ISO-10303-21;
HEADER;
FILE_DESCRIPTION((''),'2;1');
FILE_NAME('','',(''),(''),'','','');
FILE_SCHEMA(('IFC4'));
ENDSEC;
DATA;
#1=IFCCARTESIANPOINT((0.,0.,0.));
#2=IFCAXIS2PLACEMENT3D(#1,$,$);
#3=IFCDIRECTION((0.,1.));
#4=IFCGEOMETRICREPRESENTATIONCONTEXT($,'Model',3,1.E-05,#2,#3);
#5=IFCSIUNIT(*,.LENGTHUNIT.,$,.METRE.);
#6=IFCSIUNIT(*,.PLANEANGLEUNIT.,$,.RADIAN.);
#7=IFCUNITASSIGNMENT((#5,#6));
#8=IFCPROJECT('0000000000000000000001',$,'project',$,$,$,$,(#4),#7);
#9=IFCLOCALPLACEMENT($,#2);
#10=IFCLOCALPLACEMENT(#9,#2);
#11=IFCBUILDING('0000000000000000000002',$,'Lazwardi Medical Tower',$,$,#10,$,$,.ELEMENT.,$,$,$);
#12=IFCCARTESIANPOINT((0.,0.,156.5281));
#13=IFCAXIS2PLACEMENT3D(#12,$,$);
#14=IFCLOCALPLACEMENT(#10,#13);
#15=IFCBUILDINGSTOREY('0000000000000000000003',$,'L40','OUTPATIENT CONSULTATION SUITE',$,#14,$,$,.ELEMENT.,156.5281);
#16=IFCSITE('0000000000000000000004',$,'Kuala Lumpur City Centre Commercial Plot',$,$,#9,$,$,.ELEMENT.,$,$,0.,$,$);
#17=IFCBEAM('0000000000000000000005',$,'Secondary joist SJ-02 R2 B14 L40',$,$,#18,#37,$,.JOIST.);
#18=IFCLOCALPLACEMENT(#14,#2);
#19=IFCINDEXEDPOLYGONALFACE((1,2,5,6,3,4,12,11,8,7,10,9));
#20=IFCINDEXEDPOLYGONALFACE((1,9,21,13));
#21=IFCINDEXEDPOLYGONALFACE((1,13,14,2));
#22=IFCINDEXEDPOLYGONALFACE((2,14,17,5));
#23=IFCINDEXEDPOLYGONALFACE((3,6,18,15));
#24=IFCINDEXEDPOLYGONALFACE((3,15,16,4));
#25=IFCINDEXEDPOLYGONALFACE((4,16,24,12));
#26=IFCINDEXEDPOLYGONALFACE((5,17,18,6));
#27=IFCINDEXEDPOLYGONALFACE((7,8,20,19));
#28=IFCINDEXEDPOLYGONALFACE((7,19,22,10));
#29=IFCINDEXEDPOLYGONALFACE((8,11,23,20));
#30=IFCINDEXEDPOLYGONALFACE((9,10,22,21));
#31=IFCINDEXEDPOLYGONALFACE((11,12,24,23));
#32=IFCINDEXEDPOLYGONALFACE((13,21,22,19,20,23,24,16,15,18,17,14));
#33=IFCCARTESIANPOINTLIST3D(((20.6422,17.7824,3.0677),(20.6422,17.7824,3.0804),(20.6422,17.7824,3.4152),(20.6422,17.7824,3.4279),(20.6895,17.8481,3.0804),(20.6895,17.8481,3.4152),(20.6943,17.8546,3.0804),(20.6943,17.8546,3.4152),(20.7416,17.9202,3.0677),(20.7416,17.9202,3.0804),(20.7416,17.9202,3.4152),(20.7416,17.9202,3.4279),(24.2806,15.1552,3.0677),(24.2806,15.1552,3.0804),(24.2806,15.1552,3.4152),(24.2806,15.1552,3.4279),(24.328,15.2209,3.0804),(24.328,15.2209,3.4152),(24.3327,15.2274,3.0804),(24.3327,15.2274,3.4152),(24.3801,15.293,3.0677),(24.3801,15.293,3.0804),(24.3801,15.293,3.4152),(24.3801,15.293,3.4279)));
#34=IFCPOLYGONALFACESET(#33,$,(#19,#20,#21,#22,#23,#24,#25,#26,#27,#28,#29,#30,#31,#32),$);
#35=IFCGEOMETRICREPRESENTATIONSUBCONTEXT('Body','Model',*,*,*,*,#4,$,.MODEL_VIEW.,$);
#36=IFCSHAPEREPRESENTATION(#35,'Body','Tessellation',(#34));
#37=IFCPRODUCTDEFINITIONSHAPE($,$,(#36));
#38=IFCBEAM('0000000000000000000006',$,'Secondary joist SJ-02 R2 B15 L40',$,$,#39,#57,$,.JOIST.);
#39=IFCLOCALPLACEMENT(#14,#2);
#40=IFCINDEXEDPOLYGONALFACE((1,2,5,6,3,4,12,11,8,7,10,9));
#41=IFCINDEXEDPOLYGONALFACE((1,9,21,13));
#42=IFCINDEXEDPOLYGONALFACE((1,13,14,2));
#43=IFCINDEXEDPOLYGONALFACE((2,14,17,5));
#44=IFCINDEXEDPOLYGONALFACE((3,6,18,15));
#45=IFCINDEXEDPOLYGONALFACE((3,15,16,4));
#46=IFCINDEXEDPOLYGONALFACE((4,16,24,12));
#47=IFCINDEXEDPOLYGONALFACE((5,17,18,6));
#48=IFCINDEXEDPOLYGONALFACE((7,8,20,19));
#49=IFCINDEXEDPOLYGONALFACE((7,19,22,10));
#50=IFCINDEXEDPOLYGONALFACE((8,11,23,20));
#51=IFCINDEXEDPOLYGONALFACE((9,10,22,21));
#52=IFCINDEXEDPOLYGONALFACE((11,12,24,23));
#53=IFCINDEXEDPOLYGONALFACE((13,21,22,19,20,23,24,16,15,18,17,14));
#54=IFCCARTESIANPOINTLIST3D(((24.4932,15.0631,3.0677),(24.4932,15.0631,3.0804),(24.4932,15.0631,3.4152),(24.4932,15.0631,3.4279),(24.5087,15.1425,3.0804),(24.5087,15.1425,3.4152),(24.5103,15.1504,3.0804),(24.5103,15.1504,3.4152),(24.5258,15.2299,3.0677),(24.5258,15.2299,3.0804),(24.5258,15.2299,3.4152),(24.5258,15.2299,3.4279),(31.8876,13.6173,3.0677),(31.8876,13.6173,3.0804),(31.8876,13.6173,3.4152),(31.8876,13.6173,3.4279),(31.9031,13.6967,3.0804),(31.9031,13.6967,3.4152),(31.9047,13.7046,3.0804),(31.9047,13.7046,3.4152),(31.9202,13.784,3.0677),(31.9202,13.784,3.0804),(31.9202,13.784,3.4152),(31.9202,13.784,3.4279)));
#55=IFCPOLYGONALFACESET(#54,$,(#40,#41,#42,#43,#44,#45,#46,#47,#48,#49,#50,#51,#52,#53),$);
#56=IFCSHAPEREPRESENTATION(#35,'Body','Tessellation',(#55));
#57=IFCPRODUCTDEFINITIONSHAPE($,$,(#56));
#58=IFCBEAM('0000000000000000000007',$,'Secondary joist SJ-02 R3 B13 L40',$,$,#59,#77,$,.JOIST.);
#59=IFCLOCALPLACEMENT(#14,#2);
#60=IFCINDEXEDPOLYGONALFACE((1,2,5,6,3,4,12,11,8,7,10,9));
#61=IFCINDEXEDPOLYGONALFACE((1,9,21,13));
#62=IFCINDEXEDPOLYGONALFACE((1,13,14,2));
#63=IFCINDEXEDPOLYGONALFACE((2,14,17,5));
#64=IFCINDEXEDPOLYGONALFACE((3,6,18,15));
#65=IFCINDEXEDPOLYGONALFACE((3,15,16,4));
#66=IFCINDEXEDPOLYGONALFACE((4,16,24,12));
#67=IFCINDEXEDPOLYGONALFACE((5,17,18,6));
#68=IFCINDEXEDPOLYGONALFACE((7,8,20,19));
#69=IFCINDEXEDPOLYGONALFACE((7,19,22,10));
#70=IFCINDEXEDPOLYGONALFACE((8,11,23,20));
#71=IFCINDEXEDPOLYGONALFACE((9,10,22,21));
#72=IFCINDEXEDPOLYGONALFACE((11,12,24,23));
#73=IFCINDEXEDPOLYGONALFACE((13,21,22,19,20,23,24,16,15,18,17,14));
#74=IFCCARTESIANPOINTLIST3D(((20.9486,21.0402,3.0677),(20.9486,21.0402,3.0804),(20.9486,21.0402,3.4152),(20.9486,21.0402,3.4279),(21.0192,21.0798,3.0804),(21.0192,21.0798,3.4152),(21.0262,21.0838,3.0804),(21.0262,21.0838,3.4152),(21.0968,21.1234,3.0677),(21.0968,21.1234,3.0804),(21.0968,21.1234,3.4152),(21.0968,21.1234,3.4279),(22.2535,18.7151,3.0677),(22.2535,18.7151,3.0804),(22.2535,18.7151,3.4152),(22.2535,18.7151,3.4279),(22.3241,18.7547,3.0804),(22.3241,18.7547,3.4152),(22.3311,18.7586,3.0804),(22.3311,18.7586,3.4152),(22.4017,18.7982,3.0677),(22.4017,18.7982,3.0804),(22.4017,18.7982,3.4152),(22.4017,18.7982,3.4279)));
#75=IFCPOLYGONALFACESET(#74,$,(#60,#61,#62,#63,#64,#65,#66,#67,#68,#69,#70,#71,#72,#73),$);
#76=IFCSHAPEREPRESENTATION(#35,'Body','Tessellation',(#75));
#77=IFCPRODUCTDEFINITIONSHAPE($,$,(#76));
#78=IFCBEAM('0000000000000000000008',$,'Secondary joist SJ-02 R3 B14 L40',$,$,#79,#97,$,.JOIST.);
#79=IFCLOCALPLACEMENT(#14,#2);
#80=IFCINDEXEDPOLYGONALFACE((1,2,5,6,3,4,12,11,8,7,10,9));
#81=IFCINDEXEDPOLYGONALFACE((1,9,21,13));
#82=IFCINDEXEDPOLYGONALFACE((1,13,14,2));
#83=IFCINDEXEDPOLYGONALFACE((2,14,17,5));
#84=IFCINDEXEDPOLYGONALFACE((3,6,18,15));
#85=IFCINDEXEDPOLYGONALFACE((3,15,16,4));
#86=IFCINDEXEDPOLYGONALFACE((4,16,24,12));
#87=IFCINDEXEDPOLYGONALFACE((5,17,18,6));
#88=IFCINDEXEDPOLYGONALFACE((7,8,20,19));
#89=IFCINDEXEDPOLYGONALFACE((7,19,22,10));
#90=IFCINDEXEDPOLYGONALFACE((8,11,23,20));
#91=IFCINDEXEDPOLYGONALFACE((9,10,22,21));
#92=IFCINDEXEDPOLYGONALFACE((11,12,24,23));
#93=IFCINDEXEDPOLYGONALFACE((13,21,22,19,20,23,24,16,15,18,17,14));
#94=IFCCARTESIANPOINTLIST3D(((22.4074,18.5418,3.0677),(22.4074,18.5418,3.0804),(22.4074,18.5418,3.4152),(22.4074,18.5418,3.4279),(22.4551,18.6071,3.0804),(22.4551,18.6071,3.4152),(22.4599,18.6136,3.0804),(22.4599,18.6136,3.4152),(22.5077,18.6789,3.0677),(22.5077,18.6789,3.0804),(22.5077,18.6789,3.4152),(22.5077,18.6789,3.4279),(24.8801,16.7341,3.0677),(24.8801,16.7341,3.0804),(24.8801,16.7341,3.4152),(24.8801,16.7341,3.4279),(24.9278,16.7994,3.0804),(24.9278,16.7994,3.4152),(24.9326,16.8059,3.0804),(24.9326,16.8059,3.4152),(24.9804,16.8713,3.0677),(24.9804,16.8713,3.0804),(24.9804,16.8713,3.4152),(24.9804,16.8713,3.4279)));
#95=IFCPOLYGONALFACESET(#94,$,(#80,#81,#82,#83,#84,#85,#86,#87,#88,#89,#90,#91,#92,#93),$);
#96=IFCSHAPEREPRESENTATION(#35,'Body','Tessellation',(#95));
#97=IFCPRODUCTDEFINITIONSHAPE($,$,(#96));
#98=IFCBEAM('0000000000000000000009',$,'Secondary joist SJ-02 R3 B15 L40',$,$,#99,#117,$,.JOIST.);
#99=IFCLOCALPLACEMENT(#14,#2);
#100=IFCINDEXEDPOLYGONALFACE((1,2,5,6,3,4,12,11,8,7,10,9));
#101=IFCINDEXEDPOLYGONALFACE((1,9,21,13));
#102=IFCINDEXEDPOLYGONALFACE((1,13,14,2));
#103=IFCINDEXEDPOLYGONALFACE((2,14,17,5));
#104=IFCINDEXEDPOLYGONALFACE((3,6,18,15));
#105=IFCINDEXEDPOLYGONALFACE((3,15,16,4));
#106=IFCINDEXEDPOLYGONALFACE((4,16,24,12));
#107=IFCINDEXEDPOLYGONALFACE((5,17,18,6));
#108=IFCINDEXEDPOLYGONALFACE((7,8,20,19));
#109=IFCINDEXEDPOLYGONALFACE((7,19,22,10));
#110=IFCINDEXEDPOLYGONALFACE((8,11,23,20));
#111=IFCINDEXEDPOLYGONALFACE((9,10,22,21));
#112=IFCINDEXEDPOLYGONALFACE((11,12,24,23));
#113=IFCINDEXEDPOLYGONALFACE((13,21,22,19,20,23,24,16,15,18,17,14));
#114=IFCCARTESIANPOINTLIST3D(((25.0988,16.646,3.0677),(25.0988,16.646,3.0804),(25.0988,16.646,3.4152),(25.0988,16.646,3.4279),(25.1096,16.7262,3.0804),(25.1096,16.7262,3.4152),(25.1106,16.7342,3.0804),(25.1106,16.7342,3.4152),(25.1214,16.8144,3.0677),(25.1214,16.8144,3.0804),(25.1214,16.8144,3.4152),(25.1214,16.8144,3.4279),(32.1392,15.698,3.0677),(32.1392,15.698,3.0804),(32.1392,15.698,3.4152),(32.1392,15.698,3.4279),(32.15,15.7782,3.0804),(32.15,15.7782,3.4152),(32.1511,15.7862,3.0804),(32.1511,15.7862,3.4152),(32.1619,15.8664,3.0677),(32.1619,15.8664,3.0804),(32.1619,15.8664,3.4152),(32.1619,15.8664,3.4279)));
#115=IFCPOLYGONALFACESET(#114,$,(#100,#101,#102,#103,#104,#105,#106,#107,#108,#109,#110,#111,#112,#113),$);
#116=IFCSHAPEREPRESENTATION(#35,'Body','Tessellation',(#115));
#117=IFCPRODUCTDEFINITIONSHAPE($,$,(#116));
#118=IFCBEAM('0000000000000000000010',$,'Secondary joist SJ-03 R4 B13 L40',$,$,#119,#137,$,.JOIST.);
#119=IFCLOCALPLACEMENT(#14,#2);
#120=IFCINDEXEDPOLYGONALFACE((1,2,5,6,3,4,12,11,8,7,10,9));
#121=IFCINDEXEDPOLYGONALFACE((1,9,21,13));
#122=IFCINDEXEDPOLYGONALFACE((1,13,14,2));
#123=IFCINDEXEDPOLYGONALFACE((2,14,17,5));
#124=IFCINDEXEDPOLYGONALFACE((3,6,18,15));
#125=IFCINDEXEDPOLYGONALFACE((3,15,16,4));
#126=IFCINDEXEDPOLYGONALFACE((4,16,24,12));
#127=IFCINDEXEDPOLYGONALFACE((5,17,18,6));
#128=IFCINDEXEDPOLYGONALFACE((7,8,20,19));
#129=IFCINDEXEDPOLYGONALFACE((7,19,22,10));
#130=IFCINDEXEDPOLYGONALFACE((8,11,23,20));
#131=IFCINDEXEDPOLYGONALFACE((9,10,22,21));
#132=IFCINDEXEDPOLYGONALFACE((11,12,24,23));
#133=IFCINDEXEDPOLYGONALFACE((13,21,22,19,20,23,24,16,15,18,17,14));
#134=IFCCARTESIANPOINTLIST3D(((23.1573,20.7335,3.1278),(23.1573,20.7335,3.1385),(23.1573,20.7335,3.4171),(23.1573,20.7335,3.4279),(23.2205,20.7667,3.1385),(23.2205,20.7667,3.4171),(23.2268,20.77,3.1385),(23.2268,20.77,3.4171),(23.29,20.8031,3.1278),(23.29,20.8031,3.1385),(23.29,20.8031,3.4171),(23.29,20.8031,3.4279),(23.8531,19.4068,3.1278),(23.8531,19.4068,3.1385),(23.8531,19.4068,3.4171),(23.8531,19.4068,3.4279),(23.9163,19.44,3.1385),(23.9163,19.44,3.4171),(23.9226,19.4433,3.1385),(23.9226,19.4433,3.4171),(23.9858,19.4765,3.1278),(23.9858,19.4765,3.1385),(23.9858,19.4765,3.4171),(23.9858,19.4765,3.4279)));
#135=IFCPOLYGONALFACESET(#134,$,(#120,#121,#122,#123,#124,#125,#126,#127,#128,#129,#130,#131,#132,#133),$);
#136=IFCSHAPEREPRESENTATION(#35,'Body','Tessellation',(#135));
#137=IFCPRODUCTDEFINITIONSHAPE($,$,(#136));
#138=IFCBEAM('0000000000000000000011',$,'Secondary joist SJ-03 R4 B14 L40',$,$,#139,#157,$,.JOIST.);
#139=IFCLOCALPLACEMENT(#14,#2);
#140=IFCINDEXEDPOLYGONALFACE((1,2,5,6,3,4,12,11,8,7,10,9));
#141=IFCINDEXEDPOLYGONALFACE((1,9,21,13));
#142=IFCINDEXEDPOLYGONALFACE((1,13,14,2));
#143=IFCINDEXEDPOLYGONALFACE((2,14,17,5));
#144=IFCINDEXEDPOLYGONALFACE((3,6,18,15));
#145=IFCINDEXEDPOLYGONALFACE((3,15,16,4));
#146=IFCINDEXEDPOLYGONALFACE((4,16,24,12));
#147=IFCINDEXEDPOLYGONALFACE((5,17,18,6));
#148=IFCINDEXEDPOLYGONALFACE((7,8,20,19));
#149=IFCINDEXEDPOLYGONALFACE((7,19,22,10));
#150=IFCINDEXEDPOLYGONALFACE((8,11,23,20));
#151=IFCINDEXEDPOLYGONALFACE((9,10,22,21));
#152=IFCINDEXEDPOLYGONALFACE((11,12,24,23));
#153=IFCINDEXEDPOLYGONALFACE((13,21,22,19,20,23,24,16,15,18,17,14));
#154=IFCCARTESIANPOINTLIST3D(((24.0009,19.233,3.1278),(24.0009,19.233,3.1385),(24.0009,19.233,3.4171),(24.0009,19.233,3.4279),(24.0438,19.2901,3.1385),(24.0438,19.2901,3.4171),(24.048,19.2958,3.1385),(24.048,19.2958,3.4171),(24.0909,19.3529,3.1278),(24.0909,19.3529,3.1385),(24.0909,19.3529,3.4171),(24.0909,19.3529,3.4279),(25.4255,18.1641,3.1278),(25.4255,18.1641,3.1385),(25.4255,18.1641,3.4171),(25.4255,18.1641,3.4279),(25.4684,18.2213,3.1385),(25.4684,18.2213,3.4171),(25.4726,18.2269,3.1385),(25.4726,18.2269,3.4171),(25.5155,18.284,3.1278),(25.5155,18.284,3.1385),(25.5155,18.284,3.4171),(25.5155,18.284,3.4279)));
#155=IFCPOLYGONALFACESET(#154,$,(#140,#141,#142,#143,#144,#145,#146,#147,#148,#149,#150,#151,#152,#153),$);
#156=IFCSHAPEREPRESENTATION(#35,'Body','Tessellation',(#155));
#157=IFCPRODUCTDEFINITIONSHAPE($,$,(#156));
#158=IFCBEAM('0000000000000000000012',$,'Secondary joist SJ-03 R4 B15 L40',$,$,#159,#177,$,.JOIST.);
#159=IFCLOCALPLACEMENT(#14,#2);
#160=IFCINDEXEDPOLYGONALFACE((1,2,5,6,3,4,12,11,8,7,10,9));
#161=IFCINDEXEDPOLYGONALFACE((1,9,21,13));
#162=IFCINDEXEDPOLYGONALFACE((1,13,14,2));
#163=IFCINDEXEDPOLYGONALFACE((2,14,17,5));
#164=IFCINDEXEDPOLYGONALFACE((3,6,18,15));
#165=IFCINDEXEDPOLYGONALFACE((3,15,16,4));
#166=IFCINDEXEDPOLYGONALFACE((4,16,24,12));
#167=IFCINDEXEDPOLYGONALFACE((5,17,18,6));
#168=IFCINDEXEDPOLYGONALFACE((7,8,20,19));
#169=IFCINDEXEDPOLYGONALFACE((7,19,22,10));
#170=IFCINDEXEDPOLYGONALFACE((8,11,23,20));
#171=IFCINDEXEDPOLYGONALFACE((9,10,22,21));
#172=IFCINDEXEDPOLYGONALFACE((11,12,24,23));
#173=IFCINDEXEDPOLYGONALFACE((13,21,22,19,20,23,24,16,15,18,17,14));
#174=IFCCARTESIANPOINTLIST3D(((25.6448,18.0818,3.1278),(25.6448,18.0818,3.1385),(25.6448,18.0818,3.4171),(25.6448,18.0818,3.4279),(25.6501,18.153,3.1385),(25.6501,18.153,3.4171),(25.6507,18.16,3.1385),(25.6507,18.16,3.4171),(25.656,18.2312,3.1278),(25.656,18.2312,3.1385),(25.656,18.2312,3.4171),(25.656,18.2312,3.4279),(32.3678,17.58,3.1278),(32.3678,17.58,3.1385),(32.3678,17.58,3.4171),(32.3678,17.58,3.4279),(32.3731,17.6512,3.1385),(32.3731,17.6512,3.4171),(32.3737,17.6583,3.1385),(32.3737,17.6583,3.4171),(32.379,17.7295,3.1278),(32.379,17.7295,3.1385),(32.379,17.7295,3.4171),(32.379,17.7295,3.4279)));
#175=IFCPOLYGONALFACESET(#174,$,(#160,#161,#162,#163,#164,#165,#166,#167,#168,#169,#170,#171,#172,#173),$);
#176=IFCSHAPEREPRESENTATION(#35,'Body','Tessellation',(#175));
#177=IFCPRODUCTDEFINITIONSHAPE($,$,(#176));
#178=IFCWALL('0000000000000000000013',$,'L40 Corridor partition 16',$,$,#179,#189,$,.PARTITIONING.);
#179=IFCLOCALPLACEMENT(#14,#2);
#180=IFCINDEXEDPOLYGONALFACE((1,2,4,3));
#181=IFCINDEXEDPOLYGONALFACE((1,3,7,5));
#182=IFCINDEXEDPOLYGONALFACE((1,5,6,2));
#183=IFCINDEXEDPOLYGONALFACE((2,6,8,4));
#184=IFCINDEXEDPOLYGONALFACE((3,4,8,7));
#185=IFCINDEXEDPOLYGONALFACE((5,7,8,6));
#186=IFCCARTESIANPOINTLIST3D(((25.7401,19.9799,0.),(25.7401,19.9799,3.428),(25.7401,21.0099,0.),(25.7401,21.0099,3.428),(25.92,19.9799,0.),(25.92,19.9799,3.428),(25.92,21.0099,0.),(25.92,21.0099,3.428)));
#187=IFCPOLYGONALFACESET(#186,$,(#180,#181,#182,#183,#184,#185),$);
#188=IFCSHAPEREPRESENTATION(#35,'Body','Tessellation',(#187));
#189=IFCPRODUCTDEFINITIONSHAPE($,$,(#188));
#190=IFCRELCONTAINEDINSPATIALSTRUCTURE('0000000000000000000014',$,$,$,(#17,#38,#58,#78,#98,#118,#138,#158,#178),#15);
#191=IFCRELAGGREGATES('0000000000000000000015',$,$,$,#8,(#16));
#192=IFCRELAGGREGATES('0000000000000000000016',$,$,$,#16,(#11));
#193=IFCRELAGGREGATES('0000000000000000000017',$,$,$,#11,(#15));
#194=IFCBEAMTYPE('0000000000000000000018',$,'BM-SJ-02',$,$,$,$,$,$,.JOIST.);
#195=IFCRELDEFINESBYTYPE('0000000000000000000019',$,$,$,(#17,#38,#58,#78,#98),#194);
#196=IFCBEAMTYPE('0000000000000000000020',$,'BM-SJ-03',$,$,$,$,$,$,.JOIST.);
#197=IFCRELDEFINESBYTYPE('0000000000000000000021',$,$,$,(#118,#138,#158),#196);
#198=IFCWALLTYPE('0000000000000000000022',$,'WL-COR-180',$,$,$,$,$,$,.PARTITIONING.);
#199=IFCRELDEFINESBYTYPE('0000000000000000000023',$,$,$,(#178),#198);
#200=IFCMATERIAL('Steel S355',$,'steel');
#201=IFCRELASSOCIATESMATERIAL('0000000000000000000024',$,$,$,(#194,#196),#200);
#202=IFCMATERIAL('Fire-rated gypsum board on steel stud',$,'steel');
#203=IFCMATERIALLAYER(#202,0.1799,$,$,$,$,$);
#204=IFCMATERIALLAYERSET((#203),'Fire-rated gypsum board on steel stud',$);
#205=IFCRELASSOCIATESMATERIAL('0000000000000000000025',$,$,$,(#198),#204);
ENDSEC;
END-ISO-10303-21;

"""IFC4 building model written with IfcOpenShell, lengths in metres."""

from ifc_helpers import new_model, si_unit, direction, frame, frame_2d, origin, origin_2d, place, context, subcontext, project, spatial, rectangle, i_section, extrude, material, layer, layer_set, material_profile, profile_set, type_object, element, save


model = new_model("IFC4")

# Units and contexts
model_context = context("Model", 3, precision=1e-05, world=origin(), true_north=direction((0.0, 1.0)))
body_context = subcontext(model_context, "Body", "Model", "MODEL_VIEW")
ifc_project = project(units=[si_unit("LENGTHUNIT", "METRE"), si_unit("PLANEANGLEUNIT", "RADIAN")], contexts=[model_context])

# Site, building, storey
site_placement = place(None, origin())
site = spatial("IfcSite", under=ifc_project, at=site_placement, Name="Kuala Lumpur City Centre Commercial Plot", CompositionType="ELEMENT", RefElevation=0.0)
building_placement = place(site_placement, origin())
building = spatial("IfcBuilding", under=site, at=building_placement, Name="Lazwardi Medical Tower", CompositionType="ELEMENT")
storey_placement = place(building_placement, frame((0.0, 0.0, 156.5281)))
storey = spatial("IfcBuildingStorey", under=building, at=storey_placement, Name="L40", Description="OUTPATIENT CONSULTATION SUITE", CompositionType="ELEMENT", Elevation=156.5281)

# Beams
ifc_material_1 = material(Name="Steel S355", Category="steel")
ifc_material_profile_1 = material_profile(ifc_material_1, i_section(OverallWidth=0.1699, OverallDepth=0.3601, WebThickness=0.0081, FlangeThickness=0.0127, at=origin_2d()), Name="IPE 360")
ifc_profile_set_1 = profile_set([ifc_material_profile_1], Name="Steel S355")
beam_type_1 = type_object("IfcBeamType", Name="BM-SJ-02", PredefinedType="JOIST", material=ifc_profile_set_1)
beam_1_placement = place(storey_placement, frame((20.6919, 17.8513, 3.2478), z_axis=(0.810738, -0.585409, 0.0), x_axis=(0.585409, 0.810738, 0.0)))
element("IfcBeam", 1, at=beam_1_placement, inside=storey, type_object=beam_type_1, Name="Secondary joist SJ-02 R2 B14 L40", PredefinedType="JOIST", context=body_context, shape_type="SweptSolid", body=[
    extrude(i_section(OverallWidth=0.1699, OverallDepth=0.3601, WebThickness=0.0081, FlangeThickness=0.0127, at=origin_2d()), origin(), (0.0, 0.0, 1.0), 4.4878),
])
beam_2_placement = place(storey_placement, frame((24.5095, 15.1465, 3.2478), z_axis=(0.981415, -0.191896, 0.0), x_axis=(0.191896, 0.981415, 0.0)))
element("IfcBeam", 2, at=beam_2_placement, inside=storey, type_object=beam_type_1, Name="Secondary joist SJ-02 R2 B15 L40", PredefinedType="JOIST", context=body_context, shape_type="SweptSolid", body=[
    extrude(i_section(OverallWidth=0.1699, OverallDepth=0.3601, WebThickness=0.0081, FlangeThickness=0.0127, at=origin_2d()), origin(), (0.0, 0.0, 1.0), 7.5344),
])
beam_3_placement = place(storey_placement, frame((21.0227, 21.0818, 3.2478), z_axis=(0.489409, -0.872054, 0.0), x_axis=(0.872054, 0.489409, 0.0)))
element("IfcBeam", 3, at=beam_3_placement, inside=storey, type_object=beam_type_1, Name="Secondary joist SJ-02 R3 B13 L40", PredefinedType="JOIST", context=body_context, shape_type="SweptSolid", body=[
    extrude(i_section(OverallWidth=0.1699, OverallDepth=0.3601, WebThickness=0.0081, FlangeThickness=0.0127, at=origin_2d()), origin(), (0.0, 0.0, 1.0), 2.6663),
])
beam_4_placement = place(storey_placement, frame((22.4575, 18.6104, 3.2478), z_axis=(0.807286, -0.59016, 0.0), x_axis=(0.59016, 0.807286, 0.0)))
element("IfcBeam", 4, at=beam_4_placement, inside=storey, type_object=beam_type_1, Name="Secondary joist SJ-02 R3 B14 L40", PredefinedType="JOIST", context=body_context, shape_type="SweptSolid", body=[
    extrude(i_section(OverallWidth=0.1699, OverallDepth=0.3601, WebThickness=0.0081, FlangeThickness=0.0127, at=origin_2d()), origin(), (0.0, 0.0, 1.0), 3.063),
])
beam_5_placement = place(storey_placement, frame((25.1101, 16.7302, 3.2478), z_axis=(0.991056, -0.133444, 0.0), x_axis=(0.133444, 0.991056, 0.0)))
element("IfcBeam", 5, at=beam_5_placement, inside=storey, type_object=beam_type_1, Name="Secondary joist SJ-02 R3 B15 L40", PredefinedType="JOIST", context=body_context, shape_type="SweptSolid", body=[
    extrude(i_section(OverallWidth=0.1699, OverallDepth=0.3601, WebThickness=0.0081, FlangeThickness=0.0127, at=origin_2d()), origin(), (0.0, 0.0, 1.0), 7.104),
])
ifc_material_profile_2 = material_profile(ifc_material_1, i_section(OverallWidth=0.1499, OverallDepth=0.3, WebThickness=0.0071, FlangeThickness=0.0107, at=origin_2d()), Name="IPE 300")
ifc_profile_set_2 = profile_set([ifc_material_profile_2], Name="Steel S355")
beam_type_2 = type_object("IfcBeamType", Name="BM-SJ-03", PredefinedType="JOIST", material=ifc_profile_set_2)
beam_6_placement = place(storey_placement, frame((23.2236, 20.7683, 3.2778), z_axis=(0.46447, -0.885589, 0.0), x_axis=(0.885589, 0.46447, 0.0)))
element("IfcBeam", 6, at=beam_6_placement, inside=storey, type_object=beam_type_2, Name="Secondary joist SJ-03 R4 B13 L40", PredefinedType="JOIST", context=body_context, shape_type="SweptSolid", body=[
    extrude(i_section(OverallWidth=0.1499, OverallDepth=0.3, WebThickness=0.0071, FlangeThickness=0.0107, at=origin_2d()), origin(), (0.0, 0.0, 1.0), 1.498),
])
beam_7_placement = place(storey_placement, frame((24.0459, 19.293, 3.2778), z_axis=(0.799885, -0.600154, 0.0), x_axis=(0.600154, 0.799885, 0.0)))
element("IfcBeam", 7, at=beam_7_placement, inside=storey, type_object=beam_type_2, Name="Secondary joist SJ-03 R4 B14 L40", PredefinedType="JOIST", context=body_context, shape_type="SweptSolid", body=[
    extrude(i_section(OverallWidth=0.1499, OverallDepth=0.3, WebThickness=0.0071, FlangeThickness=0.0107, at=origin_2d()), origin(), (0.0, 0.0, 1.0), 1.781),
])
beam_8_placement = place(storey_placement, frame((25.6504, 18.1565, 3.2778), z_axis=(0.997227, -0.07442, 0.0), x_axis=(0.07442, 0.997227, 0.0)))
element("IfcBeam", 8, at=beam_8_placement, inside=storey, type_object=beam_type_2, Name="Secondary joist SJ-03 R4 B15 L40", PredefinedType="JOIST", context=body_context, shape_type="SweptSolid", body=[
    extrude(i_section(OverallWidth=0.1499, OverallDepth=0.3, WebThickness=0.0071, FlangeThickness=0.0107, at=origin_2d()), origin(), (0.0, 0.0, 1.0), 6.7417),
])

# Wall
ifc_material_2 = material(Name="Fire-rated gypsum board on steel stud", Category="steel")
ifc_layer_1 = layer(ifc_material_2, 0.1799)
ifc_layer_set_1 = layer_set([ifc_layer_1], Name="Fire-rated gypsum board on steel stud")
wall_type_1 = type_object("IfcWallType", Name="WL-COR-180", PredefinedType="PARTITIONING", material=ifc_layer_set_1)
wall_1_placement = place(storey_placement, frame((25.8301, 21.01, 0.0), z_axis=(0.0, 0.0, 1.0), x_axis=(0.0, -1.0, 0.0)))
element("IfcWall", 9, at=wall_1_placement, inside=storey, type_object=wall_type_1, Name="L40 Corridor partition 16", PredefinedType="PARTITIONING", context=body_context, shape_type="SweptSolid", body=[
    extrude(rectangle(XDim=1.03, YDim=0.1799, at=frame_2d((0.5151, 0.0))), origin(), (0.0, 0.0, 1.0), 3.428),
])

save(model, "model.ifc")
